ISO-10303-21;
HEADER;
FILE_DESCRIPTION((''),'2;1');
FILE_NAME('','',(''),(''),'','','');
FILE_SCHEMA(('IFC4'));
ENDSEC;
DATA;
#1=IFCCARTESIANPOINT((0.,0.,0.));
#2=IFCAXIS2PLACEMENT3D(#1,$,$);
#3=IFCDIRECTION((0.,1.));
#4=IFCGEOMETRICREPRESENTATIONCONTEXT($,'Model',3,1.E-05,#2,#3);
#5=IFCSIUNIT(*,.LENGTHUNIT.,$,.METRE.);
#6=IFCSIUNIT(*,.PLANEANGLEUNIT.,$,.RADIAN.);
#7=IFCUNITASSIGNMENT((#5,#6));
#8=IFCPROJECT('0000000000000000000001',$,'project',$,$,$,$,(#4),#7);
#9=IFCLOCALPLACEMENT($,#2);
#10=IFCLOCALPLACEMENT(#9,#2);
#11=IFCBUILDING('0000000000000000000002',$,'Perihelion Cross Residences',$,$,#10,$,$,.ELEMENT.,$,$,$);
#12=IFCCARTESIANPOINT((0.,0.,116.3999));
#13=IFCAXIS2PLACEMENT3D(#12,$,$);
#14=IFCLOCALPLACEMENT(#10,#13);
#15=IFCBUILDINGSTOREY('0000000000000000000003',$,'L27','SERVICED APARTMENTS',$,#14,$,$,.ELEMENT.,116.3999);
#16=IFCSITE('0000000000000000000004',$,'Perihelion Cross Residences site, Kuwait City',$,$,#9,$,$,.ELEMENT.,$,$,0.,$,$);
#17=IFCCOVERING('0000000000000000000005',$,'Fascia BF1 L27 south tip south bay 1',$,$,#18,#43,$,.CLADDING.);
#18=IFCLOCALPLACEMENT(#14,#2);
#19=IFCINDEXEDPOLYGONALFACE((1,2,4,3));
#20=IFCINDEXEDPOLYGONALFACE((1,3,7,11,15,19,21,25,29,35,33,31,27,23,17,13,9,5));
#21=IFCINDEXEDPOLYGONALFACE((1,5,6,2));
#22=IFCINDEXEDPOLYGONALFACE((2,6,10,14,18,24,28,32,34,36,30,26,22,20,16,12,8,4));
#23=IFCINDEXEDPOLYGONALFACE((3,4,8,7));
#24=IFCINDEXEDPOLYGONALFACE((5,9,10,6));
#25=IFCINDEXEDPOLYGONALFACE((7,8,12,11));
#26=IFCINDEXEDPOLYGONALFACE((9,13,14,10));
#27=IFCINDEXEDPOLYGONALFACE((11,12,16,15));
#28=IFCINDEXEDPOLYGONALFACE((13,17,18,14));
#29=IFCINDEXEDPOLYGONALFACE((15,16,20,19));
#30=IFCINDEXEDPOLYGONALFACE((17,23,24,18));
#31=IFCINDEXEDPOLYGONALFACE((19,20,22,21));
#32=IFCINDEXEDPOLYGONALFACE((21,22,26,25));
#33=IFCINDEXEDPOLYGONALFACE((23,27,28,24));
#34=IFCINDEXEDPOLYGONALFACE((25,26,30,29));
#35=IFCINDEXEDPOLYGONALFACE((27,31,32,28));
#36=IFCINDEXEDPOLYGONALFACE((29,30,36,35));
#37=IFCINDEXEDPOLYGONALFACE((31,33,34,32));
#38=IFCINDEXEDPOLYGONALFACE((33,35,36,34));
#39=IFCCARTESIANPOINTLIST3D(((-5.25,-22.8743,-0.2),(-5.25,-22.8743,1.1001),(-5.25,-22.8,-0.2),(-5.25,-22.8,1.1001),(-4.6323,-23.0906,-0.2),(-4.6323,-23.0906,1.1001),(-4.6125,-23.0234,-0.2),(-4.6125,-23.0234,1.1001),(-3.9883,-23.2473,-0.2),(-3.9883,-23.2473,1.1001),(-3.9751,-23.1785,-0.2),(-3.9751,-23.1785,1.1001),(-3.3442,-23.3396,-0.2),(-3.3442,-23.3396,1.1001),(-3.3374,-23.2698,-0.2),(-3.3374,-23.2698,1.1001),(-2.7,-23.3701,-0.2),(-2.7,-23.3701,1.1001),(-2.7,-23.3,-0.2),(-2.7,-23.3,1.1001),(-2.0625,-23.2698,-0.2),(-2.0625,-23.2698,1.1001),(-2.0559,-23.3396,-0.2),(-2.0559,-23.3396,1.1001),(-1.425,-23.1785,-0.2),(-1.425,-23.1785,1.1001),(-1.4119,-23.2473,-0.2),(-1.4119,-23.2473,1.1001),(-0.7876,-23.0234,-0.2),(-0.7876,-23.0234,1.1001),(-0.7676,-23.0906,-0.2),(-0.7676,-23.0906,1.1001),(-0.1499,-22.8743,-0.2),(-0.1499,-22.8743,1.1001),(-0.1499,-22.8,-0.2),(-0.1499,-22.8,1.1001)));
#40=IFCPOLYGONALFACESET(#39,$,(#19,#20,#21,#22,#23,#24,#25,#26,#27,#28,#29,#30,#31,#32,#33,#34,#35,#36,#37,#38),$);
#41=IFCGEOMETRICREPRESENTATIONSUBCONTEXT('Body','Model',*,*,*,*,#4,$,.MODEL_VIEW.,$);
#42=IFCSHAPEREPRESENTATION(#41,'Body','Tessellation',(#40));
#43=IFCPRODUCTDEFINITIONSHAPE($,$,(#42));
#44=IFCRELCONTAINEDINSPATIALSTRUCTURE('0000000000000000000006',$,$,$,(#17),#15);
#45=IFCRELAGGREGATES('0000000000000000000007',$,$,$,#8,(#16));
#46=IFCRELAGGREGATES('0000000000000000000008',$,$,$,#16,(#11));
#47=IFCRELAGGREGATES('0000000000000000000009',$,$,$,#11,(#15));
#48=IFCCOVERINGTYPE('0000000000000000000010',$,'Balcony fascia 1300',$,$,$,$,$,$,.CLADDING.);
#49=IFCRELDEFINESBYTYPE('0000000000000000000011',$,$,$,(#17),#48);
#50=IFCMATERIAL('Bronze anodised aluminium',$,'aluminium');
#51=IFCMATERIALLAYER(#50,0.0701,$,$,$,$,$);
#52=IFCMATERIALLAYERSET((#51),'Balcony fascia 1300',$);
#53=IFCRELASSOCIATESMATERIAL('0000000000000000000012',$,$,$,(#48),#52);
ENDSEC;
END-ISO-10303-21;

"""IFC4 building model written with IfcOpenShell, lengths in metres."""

from ifc_helpers import new_model, si_unit, direction, frame, origin, place, context, subcontext, project, spatial, polyline, outline, extrude, material, layer, layer_set, type_object, element, save


model = new_model("IFC4")

# Units and contexts
model_context = context("Model", 3, precision=1e-05, world=origin(), true_north=direction((0.0, 1.0)))
body_context = subcontext(model_context, "Body", "Model", "MODEL_VIEW")
ifc_project = project(units=[si_unit("LENGTHUNIT", "METRE"), si_unit("PLANEANGLEUNIT", "RADIAN")], contexts=[model_context])

# Site, building, storey
site_placement = place(None, origin())
site = spatial("IfcSite", under=ifc_project, at=site_placement, Name="Perihelion Cross Residences site, Kuwait City", CompositionType="ELEMENT", RefElevation=0.0)
building_placement = place(site_placement, origin())
building = spatial("IfcBuilding", under=site, at=building_placement, Name="Perihelion Cross Residences", CompositionType="ELEMENT")
storey_placement = place(building_placement, frame((0.0, 0.0, 116.3999)))
storey = spatial("IfcBuildingStorey", under=building, at=storey_placement, Name="L27", Description="SERVICED APARTMENTS", CompositionType="ELEMENT", Elevation=116.3999)

# Covering
ifc_material_1 = material(Name="Bronze anodised aluminium", Category="aluminium")
ifc_layer_1 = layer(ifc_material_1, 0.0701)
ifc_layer_set_1 = layer_set([ifc_layer_1], Name="Balcony fascia 1300")
covering_type = type_object("IfcCoveringType", Name="Balcony fascia 1300", PredefinedType="CLADDING", material=ifc_layer_set_1)
covering_1_placement = place(storey_placement, frame((0.0, 0.0, -0.2)))
element("IfcCovering", 1, at=covering_1_placement, inside=storey, type_object=covering_type, Name="Fascia BF1 L27 south tip south bay 1", PredefinedType="CLADDING", context=body_context, shape_type="SweptSolid", body=[
    extrude(outline(polyline([(-4.6323, -23.0906), (-3.9883, -23.2473), (-3.3442, -23.3396), (-2.7, -23.3701), (-2.0559, -23.3396), (-1.4119, -23.2473), (-0.7676, -23.0906), (-0.1499, -22.8743), (-0.1499, -22.8), (-0.7876, -23.0234), (-1.425, -23.1785), (-2.0625, -23.2698), (-2.7, -23.3), (-3.3374, -23.2698), (-3.9751, -23.1785), (-4.6125, -23.0234), (-5.25, -22.8), (-5.25, -22.8743), (-4.6323, -23.0906)])), origin(), (0.0, 0.0, 1.0), 1.3),
])

save(model, "model.ifc")
